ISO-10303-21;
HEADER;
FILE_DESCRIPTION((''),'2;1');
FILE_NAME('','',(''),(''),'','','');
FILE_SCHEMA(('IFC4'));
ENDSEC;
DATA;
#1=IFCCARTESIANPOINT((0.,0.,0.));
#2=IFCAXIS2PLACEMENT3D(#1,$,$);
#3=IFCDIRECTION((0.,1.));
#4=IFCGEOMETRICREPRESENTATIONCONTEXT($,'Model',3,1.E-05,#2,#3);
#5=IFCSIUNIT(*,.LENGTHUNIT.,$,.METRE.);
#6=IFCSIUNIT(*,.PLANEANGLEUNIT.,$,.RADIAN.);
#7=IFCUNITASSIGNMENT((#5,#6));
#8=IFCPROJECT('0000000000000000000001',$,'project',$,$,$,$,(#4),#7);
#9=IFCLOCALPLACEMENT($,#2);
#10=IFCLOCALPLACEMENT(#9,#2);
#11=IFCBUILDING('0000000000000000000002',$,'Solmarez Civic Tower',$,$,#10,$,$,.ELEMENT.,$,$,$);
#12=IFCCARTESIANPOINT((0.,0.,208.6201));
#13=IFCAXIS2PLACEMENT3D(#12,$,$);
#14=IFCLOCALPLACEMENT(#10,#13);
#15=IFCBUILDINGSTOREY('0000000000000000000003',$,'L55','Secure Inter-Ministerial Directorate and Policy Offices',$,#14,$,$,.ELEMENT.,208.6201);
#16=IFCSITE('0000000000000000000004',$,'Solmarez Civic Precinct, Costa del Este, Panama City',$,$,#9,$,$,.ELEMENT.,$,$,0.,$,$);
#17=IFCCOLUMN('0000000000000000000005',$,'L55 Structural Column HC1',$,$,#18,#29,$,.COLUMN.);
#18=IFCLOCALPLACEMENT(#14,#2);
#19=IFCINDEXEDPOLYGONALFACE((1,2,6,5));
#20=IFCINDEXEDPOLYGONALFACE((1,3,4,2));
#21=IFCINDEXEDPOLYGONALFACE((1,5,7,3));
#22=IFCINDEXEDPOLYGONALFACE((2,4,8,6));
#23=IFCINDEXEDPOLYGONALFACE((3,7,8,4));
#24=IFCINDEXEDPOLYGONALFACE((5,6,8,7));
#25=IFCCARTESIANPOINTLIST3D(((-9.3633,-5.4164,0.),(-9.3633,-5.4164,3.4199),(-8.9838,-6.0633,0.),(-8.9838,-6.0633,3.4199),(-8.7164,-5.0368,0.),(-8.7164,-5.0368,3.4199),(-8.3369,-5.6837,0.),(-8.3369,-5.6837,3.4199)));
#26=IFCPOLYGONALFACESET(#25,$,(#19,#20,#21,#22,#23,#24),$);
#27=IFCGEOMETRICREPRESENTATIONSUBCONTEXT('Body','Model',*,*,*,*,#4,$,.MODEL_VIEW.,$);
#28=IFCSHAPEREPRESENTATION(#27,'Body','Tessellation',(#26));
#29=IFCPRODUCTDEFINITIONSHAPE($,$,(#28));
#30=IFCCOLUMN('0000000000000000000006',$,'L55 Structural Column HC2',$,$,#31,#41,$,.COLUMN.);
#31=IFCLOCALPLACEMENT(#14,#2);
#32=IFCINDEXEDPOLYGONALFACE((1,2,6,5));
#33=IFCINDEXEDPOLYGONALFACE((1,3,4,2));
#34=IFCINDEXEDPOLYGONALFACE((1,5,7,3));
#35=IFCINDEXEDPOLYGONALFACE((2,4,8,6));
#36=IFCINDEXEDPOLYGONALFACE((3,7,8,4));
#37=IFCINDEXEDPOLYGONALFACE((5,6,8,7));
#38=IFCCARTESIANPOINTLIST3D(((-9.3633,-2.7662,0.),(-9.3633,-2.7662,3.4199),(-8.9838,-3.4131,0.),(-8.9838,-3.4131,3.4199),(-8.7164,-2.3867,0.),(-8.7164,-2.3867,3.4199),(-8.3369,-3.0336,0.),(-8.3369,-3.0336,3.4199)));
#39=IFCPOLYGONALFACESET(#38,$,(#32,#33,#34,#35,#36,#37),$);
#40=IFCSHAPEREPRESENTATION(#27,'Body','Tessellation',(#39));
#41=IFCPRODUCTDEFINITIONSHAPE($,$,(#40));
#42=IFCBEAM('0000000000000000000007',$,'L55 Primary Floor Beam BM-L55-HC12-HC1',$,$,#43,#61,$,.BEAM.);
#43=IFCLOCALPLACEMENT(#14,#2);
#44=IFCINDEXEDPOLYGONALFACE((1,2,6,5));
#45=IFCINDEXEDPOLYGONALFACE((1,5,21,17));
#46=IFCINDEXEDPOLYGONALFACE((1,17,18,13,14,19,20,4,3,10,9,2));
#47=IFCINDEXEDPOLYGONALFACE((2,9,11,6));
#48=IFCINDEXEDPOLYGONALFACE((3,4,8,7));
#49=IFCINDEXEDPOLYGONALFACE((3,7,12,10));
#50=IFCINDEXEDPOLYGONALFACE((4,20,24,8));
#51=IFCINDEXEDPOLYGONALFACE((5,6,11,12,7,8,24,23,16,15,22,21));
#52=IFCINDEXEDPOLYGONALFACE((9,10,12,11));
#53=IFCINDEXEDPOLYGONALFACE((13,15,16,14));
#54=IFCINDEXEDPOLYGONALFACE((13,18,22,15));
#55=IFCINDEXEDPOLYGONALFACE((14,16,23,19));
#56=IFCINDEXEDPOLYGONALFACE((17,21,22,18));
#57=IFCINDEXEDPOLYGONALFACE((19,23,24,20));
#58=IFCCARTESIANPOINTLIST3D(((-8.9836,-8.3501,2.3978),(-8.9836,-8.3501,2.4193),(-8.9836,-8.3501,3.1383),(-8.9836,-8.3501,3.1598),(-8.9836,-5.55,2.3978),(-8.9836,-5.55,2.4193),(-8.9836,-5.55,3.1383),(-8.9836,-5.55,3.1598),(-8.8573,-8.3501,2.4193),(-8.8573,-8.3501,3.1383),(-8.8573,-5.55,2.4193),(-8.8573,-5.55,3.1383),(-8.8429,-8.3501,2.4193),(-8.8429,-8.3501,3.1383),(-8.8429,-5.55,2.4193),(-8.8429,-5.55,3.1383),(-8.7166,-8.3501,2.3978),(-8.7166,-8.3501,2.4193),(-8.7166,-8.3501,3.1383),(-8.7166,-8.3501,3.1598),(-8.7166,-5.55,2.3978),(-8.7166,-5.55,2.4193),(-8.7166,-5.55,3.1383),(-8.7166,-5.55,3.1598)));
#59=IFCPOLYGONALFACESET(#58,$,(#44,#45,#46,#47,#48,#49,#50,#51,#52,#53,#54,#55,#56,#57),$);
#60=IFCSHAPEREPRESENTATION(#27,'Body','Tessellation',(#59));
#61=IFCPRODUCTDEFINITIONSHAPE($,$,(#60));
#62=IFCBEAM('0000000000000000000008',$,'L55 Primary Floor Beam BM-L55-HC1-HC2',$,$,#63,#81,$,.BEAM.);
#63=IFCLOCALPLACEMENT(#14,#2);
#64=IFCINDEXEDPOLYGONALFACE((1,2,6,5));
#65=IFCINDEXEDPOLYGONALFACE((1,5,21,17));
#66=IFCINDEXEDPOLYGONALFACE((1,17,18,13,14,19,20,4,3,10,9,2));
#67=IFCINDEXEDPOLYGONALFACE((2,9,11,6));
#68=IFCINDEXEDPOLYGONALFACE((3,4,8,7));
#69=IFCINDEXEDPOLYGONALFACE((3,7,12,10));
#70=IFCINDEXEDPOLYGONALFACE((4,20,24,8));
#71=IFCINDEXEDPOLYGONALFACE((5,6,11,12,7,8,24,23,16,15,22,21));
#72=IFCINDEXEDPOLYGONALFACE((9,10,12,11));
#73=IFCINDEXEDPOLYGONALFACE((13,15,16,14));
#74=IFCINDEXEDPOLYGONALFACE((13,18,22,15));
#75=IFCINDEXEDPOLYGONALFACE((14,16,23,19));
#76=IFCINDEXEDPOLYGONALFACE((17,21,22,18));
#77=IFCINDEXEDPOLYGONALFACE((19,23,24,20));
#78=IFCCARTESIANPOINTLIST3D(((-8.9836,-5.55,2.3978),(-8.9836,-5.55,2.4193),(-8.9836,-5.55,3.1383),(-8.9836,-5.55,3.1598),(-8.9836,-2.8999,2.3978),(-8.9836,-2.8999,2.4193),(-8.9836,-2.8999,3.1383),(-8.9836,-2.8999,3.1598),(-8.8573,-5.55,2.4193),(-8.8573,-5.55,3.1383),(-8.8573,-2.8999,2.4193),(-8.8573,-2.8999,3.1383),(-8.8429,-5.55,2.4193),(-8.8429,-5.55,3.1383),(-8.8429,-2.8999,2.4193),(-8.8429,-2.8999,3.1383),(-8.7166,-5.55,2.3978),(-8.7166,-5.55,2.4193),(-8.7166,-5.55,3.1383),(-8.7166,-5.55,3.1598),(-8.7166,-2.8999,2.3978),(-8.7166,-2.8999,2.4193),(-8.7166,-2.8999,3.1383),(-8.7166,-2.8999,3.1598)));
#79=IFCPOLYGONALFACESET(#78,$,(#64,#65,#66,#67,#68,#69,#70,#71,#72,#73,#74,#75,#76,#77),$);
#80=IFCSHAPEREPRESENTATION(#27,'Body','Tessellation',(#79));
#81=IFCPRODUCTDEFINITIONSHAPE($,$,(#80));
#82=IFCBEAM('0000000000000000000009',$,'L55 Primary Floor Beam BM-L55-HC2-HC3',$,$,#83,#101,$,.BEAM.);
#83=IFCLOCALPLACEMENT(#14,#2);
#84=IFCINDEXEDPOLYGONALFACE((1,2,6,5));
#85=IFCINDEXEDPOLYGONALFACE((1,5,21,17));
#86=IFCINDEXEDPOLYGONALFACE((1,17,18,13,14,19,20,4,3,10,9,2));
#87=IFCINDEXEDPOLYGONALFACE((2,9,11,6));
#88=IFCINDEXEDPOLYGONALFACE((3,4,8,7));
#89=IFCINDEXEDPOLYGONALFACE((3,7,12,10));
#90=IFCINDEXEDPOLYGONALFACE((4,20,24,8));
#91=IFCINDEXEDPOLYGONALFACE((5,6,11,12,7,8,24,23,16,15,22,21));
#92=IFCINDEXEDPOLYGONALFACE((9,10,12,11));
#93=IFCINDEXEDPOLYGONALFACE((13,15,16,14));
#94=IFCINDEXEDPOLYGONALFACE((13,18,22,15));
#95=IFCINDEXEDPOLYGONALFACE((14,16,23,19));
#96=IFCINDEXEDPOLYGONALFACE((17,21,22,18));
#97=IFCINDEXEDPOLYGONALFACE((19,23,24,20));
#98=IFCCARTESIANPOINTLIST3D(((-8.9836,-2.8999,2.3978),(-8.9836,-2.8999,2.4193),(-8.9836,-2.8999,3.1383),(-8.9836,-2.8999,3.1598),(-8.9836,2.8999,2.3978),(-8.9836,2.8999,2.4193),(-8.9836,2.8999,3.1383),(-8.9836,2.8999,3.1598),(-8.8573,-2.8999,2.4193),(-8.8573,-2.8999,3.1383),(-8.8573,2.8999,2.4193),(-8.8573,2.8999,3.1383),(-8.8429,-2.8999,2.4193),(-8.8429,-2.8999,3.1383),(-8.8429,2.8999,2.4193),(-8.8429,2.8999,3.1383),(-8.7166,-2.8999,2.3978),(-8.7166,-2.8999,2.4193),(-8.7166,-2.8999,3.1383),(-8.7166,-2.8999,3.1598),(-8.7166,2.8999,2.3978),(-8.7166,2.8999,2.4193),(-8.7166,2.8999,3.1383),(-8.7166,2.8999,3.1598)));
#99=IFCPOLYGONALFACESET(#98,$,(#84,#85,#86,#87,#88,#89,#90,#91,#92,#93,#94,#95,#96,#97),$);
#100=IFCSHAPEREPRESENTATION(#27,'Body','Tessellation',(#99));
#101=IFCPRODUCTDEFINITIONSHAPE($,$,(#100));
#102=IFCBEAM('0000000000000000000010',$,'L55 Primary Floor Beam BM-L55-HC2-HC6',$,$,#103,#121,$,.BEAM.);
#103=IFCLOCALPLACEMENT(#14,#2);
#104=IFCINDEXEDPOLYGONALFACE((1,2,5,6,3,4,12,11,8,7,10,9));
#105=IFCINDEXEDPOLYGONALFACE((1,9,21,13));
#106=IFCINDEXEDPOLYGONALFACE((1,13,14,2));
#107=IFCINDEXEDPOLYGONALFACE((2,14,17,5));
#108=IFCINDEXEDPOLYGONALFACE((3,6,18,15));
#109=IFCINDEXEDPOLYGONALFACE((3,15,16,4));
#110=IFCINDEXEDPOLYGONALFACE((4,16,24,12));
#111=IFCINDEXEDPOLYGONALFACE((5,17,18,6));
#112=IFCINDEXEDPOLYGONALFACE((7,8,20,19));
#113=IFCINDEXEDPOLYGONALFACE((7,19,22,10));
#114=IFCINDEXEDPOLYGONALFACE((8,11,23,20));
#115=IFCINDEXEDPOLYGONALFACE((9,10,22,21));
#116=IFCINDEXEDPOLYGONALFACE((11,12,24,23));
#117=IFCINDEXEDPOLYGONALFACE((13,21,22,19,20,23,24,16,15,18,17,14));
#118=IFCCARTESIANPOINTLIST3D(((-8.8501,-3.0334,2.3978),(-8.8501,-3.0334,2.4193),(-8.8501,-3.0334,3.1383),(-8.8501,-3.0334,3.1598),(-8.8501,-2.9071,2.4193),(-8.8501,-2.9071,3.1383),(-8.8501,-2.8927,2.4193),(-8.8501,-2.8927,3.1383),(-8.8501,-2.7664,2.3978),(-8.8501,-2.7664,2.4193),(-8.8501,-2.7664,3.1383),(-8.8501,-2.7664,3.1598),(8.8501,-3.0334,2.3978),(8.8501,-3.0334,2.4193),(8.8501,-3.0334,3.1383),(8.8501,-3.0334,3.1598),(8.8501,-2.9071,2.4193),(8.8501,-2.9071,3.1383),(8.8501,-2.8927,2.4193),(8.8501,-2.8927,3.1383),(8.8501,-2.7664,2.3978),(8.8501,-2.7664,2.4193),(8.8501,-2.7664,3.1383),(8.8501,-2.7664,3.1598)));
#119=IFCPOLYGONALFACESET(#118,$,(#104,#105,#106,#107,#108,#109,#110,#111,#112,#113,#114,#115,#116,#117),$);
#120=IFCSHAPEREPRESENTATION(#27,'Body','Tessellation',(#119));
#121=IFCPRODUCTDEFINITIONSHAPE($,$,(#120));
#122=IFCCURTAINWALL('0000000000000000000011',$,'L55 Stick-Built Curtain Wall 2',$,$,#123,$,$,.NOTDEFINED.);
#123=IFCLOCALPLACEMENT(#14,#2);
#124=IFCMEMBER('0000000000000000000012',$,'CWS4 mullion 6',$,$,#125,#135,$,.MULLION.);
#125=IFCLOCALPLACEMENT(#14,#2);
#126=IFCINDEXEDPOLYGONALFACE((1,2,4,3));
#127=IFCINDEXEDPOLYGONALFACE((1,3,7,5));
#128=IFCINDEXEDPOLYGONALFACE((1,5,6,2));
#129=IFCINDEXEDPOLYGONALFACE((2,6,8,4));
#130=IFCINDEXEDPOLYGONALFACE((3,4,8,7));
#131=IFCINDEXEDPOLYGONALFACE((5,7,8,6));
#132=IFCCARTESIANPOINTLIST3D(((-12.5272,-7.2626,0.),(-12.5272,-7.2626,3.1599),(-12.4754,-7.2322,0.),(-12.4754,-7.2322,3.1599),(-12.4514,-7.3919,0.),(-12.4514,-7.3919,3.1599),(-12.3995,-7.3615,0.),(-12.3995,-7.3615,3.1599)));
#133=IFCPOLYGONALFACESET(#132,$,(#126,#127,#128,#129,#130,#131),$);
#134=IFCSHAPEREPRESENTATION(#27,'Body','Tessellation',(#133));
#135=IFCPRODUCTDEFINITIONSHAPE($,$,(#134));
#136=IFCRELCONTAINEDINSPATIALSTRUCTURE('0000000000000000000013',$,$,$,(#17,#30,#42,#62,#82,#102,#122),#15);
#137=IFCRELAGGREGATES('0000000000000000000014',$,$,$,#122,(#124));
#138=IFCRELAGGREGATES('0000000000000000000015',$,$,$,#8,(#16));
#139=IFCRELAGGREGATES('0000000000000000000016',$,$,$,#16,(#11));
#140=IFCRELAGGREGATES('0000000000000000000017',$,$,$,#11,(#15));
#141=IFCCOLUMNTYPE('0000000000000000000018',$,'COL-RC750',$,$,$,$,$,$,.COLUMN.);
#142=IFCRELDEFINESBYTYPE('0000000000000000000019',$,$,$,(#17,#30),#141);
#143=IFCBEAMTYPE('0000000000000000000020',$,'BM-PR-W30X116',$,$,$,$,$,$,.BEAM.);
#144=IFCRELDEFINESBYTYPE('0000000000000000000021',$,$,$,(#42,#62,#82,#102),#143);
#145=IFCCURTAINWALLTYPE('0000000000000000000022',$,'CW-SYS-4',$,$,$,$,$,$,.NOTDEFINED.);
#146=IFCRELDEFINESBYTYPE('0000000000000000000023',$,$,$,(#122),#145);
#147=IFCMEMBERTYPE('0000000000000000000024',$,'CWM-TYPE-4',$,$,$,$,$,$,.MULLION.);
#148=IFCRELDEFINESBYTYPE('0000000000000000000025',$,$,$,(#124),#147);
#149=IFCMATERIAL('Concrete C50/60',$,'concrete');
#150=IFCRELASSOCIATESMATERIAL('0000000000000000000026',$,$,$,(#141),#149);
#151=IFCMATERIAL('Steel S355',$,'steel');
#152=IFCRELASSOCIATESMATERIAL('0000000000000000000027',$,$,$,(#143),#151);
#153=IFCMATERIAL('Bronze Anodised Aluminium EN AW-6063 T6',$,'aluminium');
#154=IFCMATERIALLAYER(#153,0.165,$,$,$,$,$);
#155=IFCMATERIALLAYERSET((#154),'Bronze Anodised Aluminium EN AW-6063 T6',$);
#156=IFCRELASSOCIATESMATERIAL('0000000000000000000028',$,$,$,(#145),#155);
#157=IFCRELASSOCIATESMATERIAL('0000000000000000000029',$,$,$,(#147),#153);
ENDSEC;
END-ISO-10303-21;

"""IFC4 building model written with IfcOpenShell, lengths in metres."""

from ifc_helpers import new_model, si_unit, direction, frame, origin, origin_2d, place, context, subcontext, project, spatial, rectangle, i_section, extrude, material, layer, layer_set, material_profile, profile_set, type_object, element, aggregate, save


model = new_model("IFC4")

# Units and contexts
model_context = context("Model", 3, precision=1e-05, world=origin(), true_north=direction((0.0, 1.0)))
body_context = subcontext(model_context, "Body", "Model", "MODEL_VIEW")
ifc_project = project(units=[si_unit("LENGTHUNIT", "METRE"), si_unit("PLANEANGLEUNIT", "RADIAN")], contexts=[model_context])

# Site, building, storey
site_placement = place(None, origin())
site = spatial("IfcSite", under=ifc_project, at=site_placement, Name="Solmarez Civic Precinct, Costa del Este, Panama City", CompositionType="ELEMENT", RefElevation=0.0)
building_placement = place(site_placement, origin())
building = spatial("IfcBuilding", under=site, at=building_placement, Name="Solmarez Civic Tower", CompositionType="ELEMENT")
storey_placement = place(building_placement, frame((0.0, 0.0, 208.6201)))
storey = spatial("IfcBuildingStorey", under=building, at=storey_placement, Name="L55", Description="Secure Inter-Ministerial Directorate and Policy Offices", CompositionType="ELEMENT", Elevation=208.6201)

# Columns
ifc_material_1 = material(Name="Concrete C50/60", Category="concrete")
ifc_material_profile_1 = material_profile(ifc_material_1, rectangle(XDim=0.75, YDim=0.75, at=origin_2d()), Name="RC750X750")
ifc_profile_set_1 = profile_set([ifc_material_profile_1], Name="Concrete C50/60")
column_type = type_object("IfcColumnType", Name="COL-RC750", PredefinedType="COLUMN", material=ifc_profile_set_1)
for number, where, z_axis, x_axis, name in (
    (1, (-8.8501, -5.55, 0.0), (0.0, 0.0, 1.0), (0.862514, 0.506034, 0.0), "L55 Structural Column HC1"),
    (2, (-8.8501, -2.8999, 0.0), (0.0, 0.0, 1.0), (0.862514, 0.506034, 0.0), "L55 Structural Column HC2"),
):
    element("IfcColumn", number, at=place(storey_placement, frame(where, z_axis=z_axis, x_axis=x_axis)), inside=storey, type_object=column_type, Name=name, PredefinedType="COLUMN", context=body_context, shape_type="SweptSolid", body=[
        extrude(rectangle(XDim=0.75, YDim=0.75, at=origin_2d()), origin(), (0.0, 0.0, 1.0), 3.4199),
    ])

# Beams
ifc_material_2 = material(Name="Steel S355", Category="steel")
ifc_material_profile_2 = material_profile(ifc_material_2, i_section(OverallWidth=0.2671, OverallDepth=0.762, WebThickness=0.0144, FlangeThickness=0.0215, at=origin_2d()), Name="W30X116")
ifc_profile_set_2 = profile_set([ifc_material_profile_2], Name="Steel S355")
beam_type = type_object("IfcBeamType", Name="BM-PR-W30X116", PredefinedType="BEAM", material=ifc_profile_set_2)
beam_1_placement = place(storey_placement, frame((-8.8501, -8.3501, 2.7788), z_axis=(0.0, 1.0, 0.0), x_axis=(-1.0, 0.0, 0.0)))
element("IfcBeam", 3, at=beam_1_placement, inside=storey, type_object=beam_type, Name="L55 Primary Floor Beam BM-L55-HC12-HC1", PredefinedType="BEAM", context=body_context, shape_type="SweptSolid", body=[
    extrude(i_section(OverallWidth=0.2671, OverallDepth=0.762, WebThickness=0.0144, FlangeThickness=0.0215, at=origin_2d()), origin(), (0.0, 0.0, 1.0), 2.8),
])
beam_2_placement = place(storey_placement, frame((-8.8501, -5.55, 2.7788), z_axis=(0.0, 1.0, 0.0), x_axis=(-1.0, 0.0, 0.0)))
element("IfcBeam", 4, at=beam_2_placement, inside=storey, type_object=beam_type, Name="L55 Primary Floor Beam BM-L55-HC1-HC2", PredefinedType="BEAM", context=body_context, shape_type="SweptSolid", body=[
    extrude(i_section(OverallWidth=0.2671, OverallDepth=0.762, WebThickness=0.0144, FlangeThickness=0.0215, at=origin_2d()), origin(), (0.0, 0.0, 1.0), 2.6501),
])
beam_3_placement = place(storey_placement, frame((-8.8501, -2.8999, 2.7788), z_axis=(0.0, 1.0, 0.0), x_axis=(-1.0, 0.0, 0.0)))
element("IfcBeam", 5, at=beam_3_placement, inside=storey, type_object=beam_type, Name="L55 Primary Floor Beam BM-L55-HC2-HC3", PredefinedType="BEAM", context=body_context, shape_type="SweptSolid", body=[
    extrude(i_section(OverallWidth=0.2671, OverallDepth=0.762, WebThickness=0.0144, FlangeThickness=0.0215, at=origin_2d()), origin(), (0.0, 0.0, 1.0), 5.7998),
])
beam_4_placement = place(storey_placement, frame((-8.8501, -2.8999, 2.7788), z_axis=(1.0, 0.0, 0.0), x_axis=(0.0, 1.0, 0.0)))
element("IfcBeam", 6, at=beam_4_placement, inside=storey, type_object=beam_type, Name="L55 Primary Floor Beam BM-L55-HC2-HC6", PredefinedType="BEAM", context=body_context, shape_type="SweptSolid", body=[
    extrude(i_section(OverallWidth=0.2671, OverallDepth=0.762, WebThickness=0.0144, FlangeThickness=0.0215, at=origin_2d()), origin(), (0.0, 0.0, 1.0), 17.7002),
])

# Curtain wall, member
ifc_material_3 = material(Name="Bronze Anodised Aluminium EN AW-6063 T6", Category="aluminium")
ifc_layer_1 = layer(ifc_material_3, 0.165)
ifc_layer_set_1 = layer_set([ifc_layer_1], Name="Bronze Anodised Aluminium EN AW-6063 T6")
curtain_wall_type = type_object("IfcCurtainWallType", Name="CW-SYS-4", PredefinedType="NOTDEFINED", material=ifc_layer_set_1)
curtain_wall_placement = place(storey_placement, origin())
curtain_wall = element("IfcCurtainWall", 7, at=curtain_wall_placement, inside=storey, type_object=curtain_wall_type, Name="L55 Stick-Built Curtain Wall 2", PredefinedType="NOTDEFINED")
ifc_material_profile_3 = material_profile(ifc_material_3, rectangle(XDim=0.0601, YDim=0.1499, at=origin_2d()), Name="CWM-60X150")
ifc_profile_set_3 = profile_set([ifc_material_profile_3], Name="Bronze Anodised Aluminium EN AW-6063 T6")
member_type = type_object("IfcMemberType", Name="CWM-TYPE-4", PredefinedType="MULLION", material=ifc_profile_set_3)
member_placement = place(storey_placement, frame((-12.4634, -7.312, 0.0), z_axis=(0.0, 0.0, 1.0), x_axis=(-0.862506, -0.506047, 0.0)))
member = element("IfcMember", 8, at=member_placement, type_object=member_type, Name="CWS4 mullion 6", PredefinedType="MULLION", context=body_context, shape_type="SweptSolid", body=[
    extrude(rectangle(XDim=0.0601, YDim=0.1499, at=origin_2d()), origin(), (0.0, 0.0, 1.0), 3.1599),
])
aggregate(curtain_wall, [member])

save(model, "model.ifc")
